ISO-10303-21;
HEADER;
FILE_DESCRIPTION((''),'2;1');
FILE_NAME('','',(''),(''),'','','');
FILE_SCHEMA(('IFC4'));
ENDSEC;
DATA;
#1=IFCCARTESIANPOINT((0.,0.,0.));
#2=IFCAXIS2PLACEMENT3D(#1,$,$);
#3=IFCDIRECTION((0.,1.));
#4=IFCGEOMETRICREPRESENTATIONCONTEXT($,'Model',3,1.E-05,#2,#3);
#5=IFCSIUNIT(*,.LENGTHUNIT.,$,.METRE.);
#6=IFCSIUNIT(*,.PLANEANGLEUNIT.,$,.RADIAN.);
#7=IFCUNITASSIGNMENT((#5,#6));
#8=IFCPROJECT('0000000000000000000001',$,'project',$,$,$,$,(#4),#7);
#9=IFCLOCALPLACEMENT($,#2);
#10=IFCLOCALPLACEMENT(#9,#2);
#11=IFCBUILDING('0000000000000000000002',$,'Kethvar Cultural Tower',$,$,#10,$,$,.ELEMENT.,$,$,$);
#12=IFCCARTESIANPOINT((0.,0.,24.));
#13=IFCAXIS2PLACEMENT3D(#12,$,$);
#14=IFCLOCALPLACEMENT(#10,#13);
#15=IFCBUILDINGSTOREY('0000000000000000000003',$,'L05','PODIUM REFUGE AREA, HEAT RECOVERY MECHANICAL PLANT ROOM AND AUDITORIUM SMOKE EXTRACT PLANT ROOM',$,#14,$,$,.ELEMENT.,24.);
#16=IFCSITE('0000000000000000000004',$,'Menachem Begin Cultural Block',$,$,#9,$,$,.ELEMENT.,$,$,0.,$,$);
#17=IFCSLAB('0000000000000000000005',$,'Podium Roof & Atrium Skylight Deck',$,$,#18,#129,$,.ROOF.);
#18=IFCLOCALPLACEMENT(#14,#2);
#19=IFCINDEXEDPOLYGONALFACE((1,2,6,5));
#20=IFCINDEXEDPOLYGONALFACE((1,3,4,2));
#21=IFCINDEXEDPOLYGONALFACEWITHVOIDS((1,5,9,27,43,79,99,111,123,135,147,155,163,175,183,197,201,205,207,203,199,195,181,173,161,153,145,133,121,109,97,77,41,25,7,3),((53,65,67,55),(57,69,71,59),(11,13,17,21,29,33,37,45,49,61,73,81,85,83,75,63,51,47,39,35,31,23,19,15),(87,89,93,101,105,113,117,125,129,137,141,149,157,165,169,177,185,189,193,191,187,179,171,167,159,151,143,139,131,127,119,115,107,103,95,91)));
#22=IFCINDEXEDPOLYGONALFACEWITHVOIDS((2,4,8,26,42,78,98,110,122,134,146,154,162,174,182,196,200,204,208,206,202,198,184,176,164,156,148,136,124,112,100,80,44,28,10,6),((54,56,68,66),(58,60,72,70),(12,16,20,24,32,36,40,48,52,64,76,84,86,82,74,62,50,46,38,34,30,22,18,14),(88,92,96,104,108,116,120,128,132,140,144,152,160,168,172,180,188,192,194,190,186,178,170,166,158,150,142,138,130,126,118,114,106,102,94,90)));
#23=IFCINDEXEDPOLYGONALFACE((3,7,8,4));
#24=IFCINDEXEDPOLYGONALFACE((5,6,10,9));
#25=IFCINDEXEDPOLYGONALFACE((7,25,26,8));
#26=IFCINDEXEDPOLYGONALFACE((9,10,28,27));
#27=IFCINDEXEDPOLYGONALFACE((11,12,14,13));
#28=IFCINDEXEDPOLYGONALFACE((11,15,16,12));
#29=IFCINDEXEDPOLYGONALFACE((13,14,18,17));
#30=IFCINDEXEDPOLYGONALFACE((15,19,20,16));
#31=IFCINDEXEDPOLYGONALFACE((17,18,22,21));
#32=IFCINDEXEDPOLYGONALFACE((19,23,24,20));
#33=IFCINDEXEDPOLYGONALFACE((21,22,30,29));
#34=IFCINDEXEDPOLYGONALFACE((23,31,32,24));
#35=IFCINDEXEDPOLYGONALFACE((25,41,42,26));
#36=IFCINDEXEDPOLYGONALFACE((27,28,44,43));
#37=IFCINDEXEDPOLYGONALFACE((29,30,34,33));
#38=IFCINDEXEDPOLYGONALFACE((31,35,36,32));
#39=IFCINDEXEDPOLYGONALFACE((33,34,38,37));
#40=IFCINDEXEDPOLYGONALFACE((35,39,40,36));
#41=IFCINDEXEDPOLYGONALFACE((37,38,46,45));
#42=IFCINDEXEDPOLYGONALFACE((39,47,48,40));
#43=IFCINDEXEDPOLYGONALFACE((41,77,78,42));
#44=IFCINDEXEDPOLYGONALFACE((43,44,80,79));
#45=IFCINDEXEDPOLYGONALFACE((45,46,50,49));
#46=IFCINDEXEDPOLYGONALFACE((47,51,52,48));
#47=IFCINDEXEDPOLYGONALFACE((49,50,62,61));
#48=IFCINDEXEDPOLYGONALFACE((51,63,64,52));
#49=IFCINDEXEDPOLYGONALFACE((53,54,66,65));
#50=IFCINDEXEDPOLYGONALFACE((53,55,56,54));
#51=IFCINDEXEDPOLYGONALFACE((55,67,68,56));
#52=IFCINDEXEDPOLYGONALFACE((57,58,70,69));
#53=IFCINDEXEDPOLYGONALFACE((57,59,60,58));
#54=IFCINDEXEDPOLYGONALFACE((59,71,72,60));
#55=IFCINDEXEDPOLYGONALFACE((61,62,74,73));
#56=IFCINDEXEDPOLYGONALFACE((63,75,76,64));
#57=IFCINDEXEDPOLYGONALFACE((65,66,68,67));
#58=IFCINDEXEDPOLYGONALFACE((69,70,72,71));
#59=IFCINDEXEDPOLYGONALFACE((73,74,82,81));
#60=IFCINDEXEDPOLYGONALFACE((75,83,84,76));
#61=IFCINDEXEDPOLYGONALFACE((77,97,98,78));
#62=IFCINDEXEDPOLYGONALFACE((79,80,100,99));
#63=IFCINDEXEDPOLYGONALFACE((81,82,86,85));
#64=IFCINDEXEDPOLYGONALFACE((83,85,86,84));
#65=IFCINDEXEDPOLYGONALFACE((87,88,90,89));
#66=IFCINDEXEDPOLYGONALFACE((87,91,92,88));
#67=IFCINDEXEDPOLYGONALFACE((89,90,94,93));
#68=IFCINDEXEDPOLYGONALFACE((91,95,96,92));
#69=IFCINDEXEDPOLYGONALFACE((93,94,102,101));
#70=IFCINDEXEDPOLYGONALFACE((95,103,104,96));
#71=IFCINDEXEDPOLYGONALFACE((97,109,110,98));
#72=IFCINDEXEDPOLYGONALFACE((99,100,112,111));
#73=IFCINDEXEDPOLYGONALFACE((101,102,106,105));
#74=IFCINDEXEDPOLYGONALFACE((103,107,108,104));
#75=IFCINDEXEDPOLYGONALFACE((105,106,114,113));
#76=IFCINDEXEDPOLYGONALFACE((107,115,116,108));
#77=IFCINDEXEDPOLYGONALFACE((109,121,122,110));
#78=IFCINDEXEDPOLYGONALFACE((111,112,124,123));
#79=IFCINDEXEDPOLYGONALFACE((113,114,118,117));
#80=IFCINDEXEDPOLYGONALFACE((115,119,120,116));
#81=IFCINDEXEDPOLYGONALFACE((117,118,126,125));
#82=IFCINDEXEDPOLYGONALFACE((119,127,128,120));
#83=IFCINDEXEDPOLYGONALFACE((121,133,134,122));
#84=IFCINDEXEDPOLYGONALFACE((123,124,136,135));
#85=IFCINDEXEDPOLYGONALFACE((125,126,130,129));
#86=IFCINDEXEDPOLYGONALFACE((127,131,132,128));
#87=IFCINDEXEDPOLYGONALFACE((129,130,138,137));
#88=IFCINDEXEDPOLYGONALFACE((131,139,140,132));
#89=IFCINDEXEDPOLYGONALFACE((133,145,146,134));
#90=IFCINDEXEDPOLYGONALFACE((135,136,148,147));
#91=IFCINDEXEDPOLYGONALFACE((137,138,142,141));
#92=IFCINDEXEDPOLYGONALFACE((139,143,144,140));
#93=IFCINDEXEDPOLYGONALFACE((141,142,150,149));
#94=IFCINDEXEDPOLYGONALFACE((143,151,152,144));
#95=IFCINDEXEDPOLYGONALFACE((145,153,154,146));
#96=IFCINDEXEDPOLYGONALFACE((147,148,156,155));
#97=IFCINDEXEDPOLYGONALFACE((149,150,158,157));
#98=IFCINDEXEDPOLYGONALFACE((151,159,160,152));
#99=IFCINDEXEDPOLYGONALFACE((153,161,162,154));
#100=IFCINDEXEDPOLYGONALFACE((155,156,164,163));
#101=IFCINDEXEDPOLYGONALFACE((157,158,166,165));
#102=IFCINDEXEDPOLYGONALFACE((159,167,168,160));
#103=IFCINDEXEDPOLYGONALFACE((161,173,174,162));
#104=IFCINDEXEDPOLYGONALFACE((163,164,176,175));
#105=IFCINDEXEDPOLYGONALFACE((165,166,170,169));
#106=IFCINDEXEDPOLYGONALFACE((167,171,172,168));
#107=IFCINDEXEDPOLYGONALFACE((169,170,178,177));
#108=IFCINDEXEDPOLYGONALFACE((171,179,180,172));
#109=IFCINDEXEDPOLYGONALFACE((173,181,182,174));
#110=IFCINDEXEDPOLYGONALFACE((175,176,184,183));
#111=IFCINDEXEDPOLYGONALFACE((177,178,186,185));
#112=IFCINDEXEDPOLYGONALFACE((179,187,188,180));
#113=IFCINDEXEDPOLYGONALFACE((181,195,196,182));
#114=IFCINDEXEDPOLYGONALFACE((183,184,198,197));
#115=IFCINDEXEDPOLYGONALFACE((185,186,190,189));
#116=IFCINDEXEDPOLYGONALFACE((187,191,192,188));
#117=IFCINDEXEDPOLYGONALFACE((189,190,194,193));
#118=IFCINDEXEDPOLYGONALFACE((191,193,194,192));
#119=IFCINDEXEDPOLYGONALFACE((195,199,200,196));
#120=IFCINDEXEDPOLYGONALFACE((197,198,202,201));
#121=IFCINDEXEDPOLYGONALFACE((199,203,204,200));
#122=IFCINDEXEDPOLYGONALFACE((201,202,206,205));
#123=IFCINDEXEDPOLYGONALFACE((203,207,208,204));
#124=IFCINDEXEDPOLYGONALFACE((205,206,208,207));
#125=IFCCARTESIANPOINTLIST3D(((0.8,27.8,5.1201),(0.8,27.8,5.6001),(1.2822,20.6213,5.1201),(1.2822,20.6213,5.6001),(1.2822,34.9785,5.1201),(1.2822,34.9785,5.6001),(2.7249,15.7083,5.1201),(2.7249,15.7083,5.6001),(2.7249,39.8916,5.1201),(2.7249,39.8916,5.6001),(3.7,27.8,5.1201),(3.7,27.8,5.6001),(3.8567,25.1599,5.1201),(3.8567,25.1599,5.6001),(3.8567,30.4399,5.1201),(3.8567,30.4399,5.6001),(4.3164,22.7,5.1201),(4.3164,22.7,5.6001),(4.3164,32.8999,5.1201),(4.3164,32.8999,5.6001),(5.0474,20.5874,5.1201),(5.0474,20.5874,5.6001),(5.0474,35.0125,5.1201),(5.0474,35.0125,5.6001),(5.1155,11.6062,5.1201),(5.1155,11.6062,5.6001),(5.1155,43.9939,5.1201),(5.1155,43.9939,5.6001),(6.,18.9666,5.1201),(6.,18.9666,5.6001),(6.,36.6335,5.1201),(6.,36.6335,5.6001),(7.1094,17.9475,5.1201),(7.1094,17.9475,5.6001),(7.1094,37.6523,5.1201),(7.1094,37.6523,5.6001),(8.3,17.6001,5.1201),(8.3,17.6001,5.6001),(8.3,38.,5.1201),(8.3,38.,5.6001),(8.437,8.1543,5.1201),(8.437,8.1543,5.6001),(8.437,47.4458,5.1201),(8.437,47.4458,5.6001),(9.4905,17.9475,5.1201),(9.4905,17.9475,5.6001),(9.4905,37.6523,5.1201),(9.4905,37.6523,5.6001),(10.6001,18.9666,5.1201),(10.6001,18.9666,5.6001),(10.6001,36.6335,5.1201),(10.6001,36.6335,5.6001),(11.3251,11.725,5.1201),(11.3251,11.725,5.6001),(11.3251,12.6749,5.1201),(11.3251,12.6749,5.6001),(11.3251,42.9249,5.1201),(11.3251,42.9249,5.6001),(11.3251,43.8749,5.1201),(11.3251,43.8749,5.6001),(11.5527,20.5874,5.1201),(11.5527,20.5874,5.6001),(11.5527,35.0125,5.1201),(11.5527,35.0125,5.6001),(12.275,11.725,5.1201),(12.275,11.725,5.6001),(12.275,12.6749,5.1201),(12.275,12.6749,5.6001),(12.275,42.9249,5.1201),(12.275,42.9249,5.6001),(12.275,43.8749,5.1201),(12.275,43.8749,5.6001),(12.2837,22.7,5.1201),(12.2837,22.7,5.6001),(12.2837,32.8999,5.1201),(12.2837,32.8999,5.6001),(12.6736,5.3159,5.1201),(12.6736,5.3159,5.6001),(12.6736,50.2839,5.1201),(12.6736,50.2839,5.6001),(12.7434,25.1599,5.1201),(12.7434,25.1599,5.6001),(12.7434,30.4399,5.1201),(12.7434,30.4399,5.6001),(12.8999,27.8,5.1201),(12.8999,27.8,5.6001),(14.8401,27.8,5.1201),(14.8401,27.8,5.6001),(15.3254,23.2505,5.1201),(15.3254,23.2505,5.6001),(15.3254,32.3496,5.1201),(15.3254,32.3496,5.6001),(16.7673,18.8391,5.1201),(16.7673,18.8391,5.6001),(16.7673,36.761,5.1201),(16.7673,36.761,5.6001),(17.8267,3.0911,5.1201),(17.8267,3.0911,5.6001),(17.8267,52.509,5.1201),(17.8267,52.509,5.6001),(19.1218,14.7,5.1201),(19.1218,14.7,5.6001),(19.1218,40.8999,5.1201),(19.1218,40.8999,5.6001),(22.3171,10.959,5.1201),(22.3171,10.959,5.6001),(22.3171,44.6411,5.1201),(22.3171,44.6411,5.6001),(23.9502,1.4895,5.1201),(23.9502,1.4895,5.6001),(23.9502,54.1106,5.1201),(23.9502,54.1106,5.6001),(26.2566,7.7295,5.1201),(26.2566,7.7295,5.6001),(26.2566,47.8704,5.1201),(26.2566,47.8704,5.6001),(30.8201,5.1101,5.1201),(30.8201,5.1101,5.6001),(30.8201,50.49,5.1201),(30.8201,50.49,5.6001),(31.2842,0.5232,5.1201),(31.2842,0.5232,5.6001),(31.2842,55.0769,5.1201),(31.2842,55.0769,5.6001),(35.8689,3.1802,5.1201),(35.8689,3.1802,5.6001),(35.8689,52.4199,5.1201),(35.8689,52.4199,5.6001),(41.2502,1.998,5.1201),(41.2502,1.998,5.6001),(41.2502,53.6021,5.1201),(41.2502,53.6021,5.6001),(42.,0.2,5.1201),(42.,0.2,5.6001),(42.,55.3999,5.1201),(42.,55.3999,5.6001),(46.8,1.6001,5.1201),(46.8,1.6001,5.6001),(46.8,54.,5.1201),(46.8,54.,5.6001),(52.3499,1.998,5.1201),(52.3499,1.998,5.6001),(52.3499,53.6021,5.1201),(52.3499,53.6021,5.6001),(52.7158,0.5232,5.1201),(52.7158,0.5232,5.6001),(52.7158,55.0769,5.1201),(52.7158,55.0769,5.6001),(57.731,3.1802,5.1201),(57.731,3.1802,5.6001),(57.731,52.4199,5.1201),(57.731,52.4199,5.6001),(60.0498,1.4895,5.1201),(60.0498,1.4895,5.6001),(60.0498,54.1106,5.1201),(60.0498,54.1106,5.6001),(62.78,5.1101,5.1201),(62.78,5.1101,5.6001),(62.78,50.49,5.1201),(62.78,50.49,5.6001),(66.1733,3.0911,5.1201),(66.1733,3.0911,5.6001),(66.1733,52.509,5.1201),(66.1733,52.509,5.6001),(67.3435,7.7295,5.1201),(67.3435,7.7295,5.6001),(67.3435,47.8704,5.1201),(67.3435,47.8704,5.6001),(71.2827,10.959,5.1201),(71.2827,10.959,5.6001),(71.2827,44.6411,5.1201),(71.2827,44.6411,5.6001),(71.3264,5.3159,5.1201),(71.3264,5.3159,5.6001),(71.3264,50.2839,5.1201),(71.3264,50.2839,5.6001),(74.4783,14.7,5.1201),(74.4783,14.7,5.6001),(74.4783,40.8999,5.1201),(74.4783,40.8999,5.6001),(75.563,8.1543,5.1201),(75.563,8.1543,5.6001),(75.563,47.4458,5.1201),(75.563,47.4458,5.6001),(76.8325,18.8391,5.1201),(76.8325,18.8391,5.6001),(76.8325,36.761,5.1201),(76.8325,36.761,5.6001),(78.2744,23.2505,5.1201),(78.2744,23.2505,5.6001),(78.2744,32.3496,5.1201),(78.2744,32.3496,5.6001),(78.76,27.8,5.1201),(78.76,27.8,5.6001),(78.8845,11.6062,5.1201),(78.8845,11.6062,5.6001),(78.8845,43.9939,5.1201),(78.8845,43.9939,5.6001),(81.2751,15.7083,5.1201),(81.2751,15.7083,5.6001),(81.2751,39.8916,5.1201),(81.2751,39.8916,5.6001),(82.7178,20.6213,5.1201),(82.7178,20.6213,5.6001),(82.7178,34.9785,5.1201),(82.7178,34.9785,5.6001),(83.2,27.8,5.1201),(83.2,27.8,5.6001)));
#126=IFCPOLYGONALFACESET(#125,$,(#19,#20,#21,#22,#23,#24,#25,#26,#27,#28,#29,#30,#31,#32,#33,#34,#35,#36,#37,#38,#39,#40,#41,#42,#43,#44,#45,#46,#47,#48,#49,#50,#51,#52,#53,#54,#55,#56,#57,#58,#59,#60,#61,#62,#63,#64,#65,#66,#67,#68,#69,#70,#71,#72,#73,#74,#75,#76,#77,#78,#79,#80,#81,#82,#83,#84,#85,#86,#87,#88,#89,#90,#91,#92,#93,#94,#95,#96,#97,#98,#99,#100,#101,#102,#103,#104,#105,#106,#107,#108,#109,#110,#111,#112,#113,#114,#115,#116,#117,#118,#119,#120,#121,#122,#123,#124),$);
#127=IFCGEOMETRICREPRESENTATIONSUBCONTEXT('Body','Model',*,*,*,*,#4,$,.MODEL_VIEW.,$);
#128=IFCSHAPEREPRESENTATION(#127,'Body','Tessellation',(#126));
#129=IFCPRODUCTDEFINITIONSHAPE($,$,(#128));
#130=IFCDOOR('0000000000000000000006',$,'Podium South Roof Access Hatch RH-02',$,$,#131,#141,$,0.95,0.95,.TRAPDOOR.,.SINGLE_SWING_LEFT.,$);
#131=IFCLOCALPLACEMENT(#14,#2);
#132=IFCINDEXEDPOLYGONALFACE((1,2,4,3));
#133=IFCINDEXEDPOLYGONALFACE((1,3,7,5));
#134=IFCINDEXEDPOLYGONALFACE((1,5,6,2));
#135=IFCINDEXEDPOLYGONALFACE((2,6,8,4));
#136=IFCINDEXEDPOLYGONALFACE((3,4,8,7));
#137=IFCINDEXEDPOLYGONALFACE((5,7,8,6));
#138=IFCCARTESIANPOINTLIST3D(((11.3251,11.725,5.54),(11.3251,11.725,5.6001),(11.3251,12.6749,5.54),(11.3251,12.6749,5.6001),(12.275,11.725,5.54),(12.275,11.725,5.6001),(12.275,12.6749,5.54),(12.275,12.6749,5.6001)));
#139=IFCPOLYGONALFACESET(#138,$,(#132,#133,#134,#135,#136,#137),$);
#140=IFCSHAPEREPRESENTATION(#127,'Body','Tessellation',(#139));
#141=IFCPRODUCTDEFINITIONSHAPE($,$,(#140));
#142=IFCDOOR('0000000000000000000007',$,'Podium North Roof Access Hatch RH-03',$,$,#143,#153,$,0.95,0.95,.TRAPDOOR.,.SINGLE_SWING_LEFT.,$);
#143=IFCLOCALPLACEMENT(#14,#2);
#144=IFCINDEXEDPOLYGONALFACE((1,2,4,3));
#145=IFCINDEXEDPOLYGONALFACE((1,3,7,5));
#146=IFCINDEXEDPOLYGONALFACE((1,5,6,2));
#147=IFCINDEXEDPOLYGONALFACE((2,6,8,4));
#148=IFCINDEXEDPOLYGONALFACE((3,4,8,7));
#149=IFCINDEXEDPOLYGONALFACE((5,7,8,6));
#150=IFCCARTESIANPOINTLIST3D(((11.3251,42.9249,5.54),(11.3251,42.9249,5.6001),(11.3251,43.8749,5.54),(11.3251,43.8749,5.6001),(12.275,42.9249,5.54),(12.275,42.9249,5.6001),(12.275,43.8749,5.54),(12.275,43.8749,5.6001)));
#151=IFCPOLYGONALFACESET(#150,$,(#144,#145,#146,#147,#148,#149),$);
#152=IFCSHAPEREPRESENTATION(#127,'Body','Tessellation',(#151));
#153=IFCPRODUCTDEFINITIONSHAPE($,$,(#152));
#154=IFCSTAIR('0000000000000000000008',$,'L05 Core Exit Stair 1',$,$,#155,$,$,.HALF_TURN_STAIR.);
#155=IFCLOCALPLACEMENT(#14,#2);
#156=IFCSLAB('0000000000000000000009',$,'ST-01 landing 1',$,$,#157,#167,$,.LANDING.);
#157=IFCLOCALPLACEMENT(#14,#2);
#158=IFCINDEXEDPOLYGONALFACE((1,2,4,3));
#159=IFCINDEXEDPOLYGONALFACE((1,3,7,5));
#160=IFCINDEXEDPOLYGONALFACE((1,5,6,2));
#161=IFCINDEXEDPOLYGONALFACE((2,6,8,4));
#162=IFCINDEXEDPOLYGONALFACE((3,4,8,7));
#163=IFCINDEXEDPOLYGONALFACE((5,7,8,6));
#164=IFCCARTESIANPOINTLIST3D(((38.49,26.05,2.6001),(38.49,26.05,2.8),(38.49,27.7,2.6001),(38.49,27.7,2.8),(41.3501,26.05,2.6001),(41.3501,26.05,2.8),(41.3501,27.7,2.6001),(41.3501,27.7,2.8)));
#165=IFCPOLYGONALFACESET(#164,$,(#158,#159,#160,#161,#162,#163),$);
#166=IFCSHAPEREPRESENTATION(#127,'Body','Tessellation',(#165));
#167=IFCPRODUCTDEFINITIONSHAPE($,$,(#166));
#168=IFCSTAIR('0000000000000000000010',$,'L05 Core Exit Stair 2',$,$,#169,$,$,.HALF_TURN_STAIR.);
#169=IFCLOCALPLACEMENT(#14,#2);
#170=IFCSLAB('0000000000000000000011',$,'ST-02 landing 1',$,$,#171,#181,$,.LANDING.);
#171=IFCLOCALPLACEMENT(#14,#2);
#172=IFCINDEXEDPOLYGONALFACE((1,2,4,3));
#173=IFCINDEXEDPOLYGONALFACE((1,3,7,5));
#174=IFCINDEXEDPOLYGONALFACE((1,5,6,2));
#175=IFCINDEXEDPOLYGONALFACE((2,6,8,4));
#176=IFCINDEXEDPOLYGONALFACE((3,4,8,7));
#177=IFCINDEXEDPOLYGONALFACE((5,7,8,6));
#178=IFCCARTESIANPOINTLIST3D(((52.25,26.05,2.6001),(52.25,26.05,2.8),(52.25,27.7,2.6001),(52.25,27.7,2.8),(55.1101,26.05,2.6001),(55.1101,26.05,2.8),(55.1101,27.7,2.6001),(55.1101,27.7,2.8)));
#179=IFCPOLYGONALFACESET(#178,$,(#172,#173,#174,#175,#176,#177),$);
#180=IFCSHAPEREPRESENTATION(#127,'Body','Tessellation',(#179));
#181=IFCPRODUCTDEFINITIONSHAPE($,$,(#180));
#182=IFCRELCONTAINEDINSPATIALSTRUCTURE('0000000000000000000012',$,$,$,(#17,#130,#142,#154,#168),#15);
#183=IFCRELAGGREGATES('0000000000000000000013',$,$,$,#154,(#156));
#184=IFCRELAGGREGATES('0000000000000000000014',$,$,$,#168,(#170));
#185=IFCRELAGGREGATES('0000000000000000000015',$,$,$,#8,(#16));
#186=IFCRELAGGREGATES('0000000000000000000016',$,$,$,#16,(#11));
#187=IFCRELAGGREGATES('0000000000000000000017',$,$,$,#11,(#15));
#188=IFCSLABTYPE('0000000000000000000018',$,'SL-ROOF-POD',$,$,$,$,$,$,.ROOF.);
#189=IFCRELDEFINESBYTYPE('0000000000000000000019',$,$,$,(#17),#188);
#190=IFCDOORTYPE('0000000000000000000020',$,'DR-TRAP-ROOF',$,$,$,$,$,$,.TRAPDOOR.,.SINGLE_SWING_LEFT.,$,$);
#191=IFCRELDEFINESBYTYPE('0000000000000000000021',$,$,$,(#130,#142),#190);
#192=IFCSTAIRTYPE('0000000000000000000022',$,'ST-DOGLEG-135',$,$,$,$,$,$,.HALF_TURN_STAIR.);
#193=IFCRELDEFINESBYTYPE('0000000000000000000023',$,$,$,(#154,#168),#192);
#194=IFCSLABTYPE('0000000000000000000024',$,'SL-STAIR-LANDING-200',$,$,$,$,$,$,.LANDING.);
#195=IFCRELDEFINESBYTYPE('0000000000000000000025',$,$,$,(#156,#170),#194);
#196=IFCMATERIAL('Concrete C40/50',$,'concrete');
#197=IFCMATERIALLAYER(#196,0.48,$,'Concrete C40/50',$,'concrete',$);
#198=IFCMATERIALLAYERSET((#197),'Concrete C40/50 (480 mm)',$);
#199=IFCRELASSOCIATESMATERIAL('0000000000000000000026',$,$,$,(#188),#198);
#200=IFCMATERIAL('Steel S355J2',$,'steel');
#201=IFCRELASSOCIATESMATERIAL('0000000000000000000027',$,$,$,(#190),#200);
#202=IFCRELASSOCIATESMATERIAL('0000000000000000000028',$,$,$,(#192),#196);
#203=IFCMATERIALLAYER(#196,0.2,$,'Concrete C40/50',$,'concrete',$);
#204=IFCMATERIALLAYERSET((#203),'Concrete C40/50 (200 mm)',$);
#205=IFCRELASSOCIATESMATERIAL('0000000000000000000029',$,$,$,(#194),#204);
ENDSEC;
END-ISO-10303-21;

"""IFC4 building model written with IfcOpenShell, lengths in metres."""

from ifc_helpers import new_model, si_unit, direction, frame, origin, origin_2d, place, context, subcontext, project, spatial, polyline, rectangle, outline, extrude, material, layer, layer_set, type_object, element, fill, aggregate, save


model = new_model("IFC4")

# Units and contexts
model_context = context("Model", 3, precision=1e-05, world=origin(), true_north=direction((0.0, 1.0)))
body_context = subcontext(model_context, "Body", "Model", "MODEL_VIEW")
ifc_project = project(units=[si_unit("LENGTHUNIT", "METRE"), si_unit("PLANEANGLEUNIT", "RADIAN")], contexts=[model_context])

# Site, building, storey
site_placement = place(None, origin())
site = spatial("IfcSite", under=ifc_project, at=site_placement, Name="Menachem Begin Cultural Block", CompositionType="ELEMENT", RefElevation=0.0)
building_placement = place(site_placement, origin())
building = spatial("IfcBuilding", under=site, at=building_placement, Name="Kethvar Cultural Tower", CompositionType="ELEMENT")
storey_placement = place(building_placement, frame((0.0, 0.0, 24.0)))
storey = spatial("IfcBuildingStorey", under=building, at=storey_placement, Name="L05", Description="PODIUM REFUGE AREA, HEAT RECOVERY MECHANICAL PLANT ROOM AND AUDITORIUM SMOKE EXTRACT PLANT ROOM", CompositionType="ELEMENT", Elevation=24.0)

# Slab, openings, doors
ifc_material_1 = material(Name="Concrete C40/50", Category="concrete")
ifc_layer_1 = layer(ifc_material_1, 0.48, Name="Concrete C40/50", Category="concrete")
ifc_layer_set_1 = layer_set([ifc_layer_1], Name="Concrete C40/50 (480 mm)")
slab_type_1 = type_object("IfcSlabType", Name="SL-ROOF-POD", PredefinedType="ROOF", material=ifc_layer_set_1)
slab_1_placement = place(storey_placement, frame((0.0, 0.0, 5.1201)))
slab_1 = element("IfcSlab", 1, at=slab_1_placement, inside=storey, type_object=slab_type_1, Name="Podium Roof & Atrium Skylight Deck", PredefinedType="ROOF", context=body_context, shape_type="SweptSolid", body=[
    extrude(outline(polyline([(83.2, 27.8), (82.7178, 34.9785), (81.2751, 39.8916), (78.8845, 43.9939), (75.563, 47.4458), (71.3264, 50.2839), (66.1733, 52.509), (60.0498, 54.1106), (52.7158, 55.0769), (42.0, 55.3999), (31.2842, 55.0769), (23.9502, 54.1106), (17.8267, 52.509), (12.6736, 50.2839), (8.437, 47.4458), (5.1155, 43.9939), (2.7249, 39.8916), (1.2822, 34.9785), (0.8, 27.8), (1.2822, 20.6213), (2.7249, 15.7083), (5.1155, 11.6062), (8.437, 8.1543), (12.6736, 5.3159), (17.8267, 3.0911), (23.9502, 1.4895), (31.2842, 0.5232), (42.0, 0.2), (52.7158, 0.5232), (60.0498, 1.4895), (66.1733, 3.0911), (71.3264, 5.3159), (75.563, 8.1543), (78.8845, 11.6062), (81.2751, 15.7083), (82.7178, 20.6213), (83.2, 27.8)]), holes=[polyline([(78.2744, 23.2505), (76.8325, 18.8391), (74.4783, 14.7), (71.2827, 10.959), (67.3435, 7.7295), (62.78, 5.1101), (57.731, 3.1802), (52.3499, 1.998), (46.8, 1.6001), (41.2502, 1.998), (35.8689, 3.1802), (30.8201, 5.1101), (26.2566, 7.7295), (22.3171, 10.959), (19.1218, 14.7), (16.7673, 18.8391), (15.3254, 23.2505), (14.8401, 27.8), (15.3254, 32.3496), (16.7673, 36.761), (19.1218, 40.8999), (22.3171, 44.6411), (26.2566, 47.8704), (30.8201, 50.49), (35.8689, 52.4199), (41.2502, 53.6021), (46.8, 54.0), (52.3499, 53.6021), (57.731, 52.4199), (62.78, 50.49), (67.3435, 47.8704), (71.2827, 44.6411), (74.4783, 40.8999), (76.8325, 36.761), (78.2744, 32.3496), (78.76, 27.8), (78.2744, 23.2505)]), polyline([(12.7434, 25.1599), (12.2837, 22.7), (11.5527, 20.5874), (10.6001, 18.9666), (9.4905, 17.9475), (8.3, 17.6001), (7.1094, 17.9475), (6.0, 18.9666), (5.0474, 20.5874), (4.3164, 22.7), (3.8567, 25.1599), (3.7, 27.8), (3.8567, 30.4399), (4.3164, 32.8999), (5.0474, 35.0125), (6.0, 36.6335), (7.1094, 37.6523), (8.3, 38.0), (9.4905, 37.6523), (10.6001, 36.6335), (11.5527, 35.0125), (12.2837, 32.8999), (12.7434, 30.4399), (12.8999, 27.8), (12.7434, 25.1599)])]), origin(), (0.0, 0.0, 1.0), 0.48),
])
opening_1_placement = place(slab_1_placement, frame((11.8, 12.2, -0.01)))
opening_1 = element("IfcOpeningElement", 2, at=opening_1_placement, cuts=slab_1, PredefinedType="OPENING", context=body_context, shape_type="SweptSolid", body=[
    extrude(rectangle(XDim=0.95, YDim=0.95, at=origin_2d()), origin(), (0.0, 0.0, 1.0), 0.5),
])
opening_2_placement = place(slab_1_placement, frame((11.8, 43.3999, -0.01)))
opening_2 = element("IfcOpeningElement", 3, at=opening_2_placement, cuts=slab_1, PredefinedType="OPENING", context=body_context, shape_type="SweptSolid", body=[
    extrude(rectangle(XDim=0.95, YDim=0.95, at=origin_2d()), origin(), (0.0, 0.0, 1.0), 0.5),
])
ifc_material_2 = material(Name="Steel S355J2", Category="steel")
door_type_1 = type_object("IfcDoorType", Name="DR-TRAP-ROOF", OperationType="SINGLE_SWING_LEFT", PredefinedType="TRAPDOOR", material=ifc_material_2)
door_1_placement = place(slab_1_placement, frame((11.8, 12.2, 0.4199)))
door_1 = element("IfcDoor", 4, at=door_1_placement, inside=storey, type_object=door_type_1, Name="Podium South Roof Access Hatch RH-02", OperationType="SINGLE_SWING_LEFT", OverallHeight=0.95, OverallWidth=0.95, PredefinedType="TRAPDOOR", context=body_context, shape_type="SweptSolid", body=[
    extrude(rectangle(XDim=0.95, YDim=0.95, at=origin_2d()), origin(), (0.0, 0.0, 1.0), 0.0601),
])
fill(opening_1, door_1)
door_2_placement = place(slab_1_placement, frame((11.8, 43.3999, 0.4199)))
door_2 = element("IfcDoor", 5, at=door_2_placement, inside=storey, type_object=door_type_1, Name="Podium North Roof Access Hatch RH-03", OperationType="SINGLE_SWING_LEFT", OverallHeight=0.95, OverallWidth=0.95, PredefinedType="TRAPDOOR", context=body_context, shape_type="SweptSolid", body=[
    extrude(rectangle(XDim=0.95, YDim=0.95, at=origin_2d()), origin(), (0.0, 0.0, 1.0), 0.0601),
])
fill(opening_2, door_2)

# Stairs, slabs
stair_type = type_object("IfcStairType", Name="ST-DOGLEG-135", PredefinedType="HALF_TURN_STAIR", material=ifc_material_1)
stair_1_placement = place(storey_placement, origin())
stair_1 = element("IfcStair", 6, at=stair_1_placement, inside=storey, type_object=stair_type, Name="L05 Core Exit Stair 1", PredefinedType="HALF_TURN_STAIR")
ifc_layer_2 = layer(ifc_material_1, 0.2, Name="Concrete C40/50", Category="concrete")
ifc_layer_set_2 = layer_set([ifc_layer_2], Name="Concrete C40/50 (200 mm)")
slab_type_2 = type_object("IfcSlabType", Name="SL-STAIR-LANDING-200", PredefinedType="LANDING", material=ifc_layer_set_2)
slab_2_placement = place(storey_placement, frame((0.0, 0.0, 2.6001)))
slab_2 = element("IfcSlab", 7, at=slab_2_placement, type_object=slab_type_2, Name="ST-01 landing 1", PredefinedType="LANDING", context=body_context, shape_type="SweptSolid", body=[
    extrude(outline(polyline([(41.3501, 26.05), (41.3501, 27.7), (38.49, 27.7), (38.49, 26.05), (41.3501, 26.05)])), origin(), (0.0, 0.0, 1.0), 0.2),
])
aggregate(stair_1, [slab_2])
stair_2_placement = place(storey_placement, origin())
stair_2 = element("IfcStair", 8, at=stair_2_placement, inside=storey, type_object=stair_type, Name="L05 Core Exit Stair 2", PredefinedType="HALF_TURN_STAIR")
slab_3_placement = place(storey_placement, frame((0.0, 0.0, 2.6001)))
slab_3 = element("IfcSlab", 9, at=slab_3_placement, type_object=slab_type_2, Name="ST-02 landing 1", PredefinedType="LANDING", context=body_context, shape_type="SweptSolid", body=[
    extrude(outline(polyline([(55.1101, 26.05), (55.1101, 27.7), (52.25, 27.7), (52.25, 26.05), (55.1101, 26.05)])), origin(), (0.0, 0.0, 1.0), 0.2),
])
aggregate(stair_2, [slab_3])

save(model, "model.ifc")
